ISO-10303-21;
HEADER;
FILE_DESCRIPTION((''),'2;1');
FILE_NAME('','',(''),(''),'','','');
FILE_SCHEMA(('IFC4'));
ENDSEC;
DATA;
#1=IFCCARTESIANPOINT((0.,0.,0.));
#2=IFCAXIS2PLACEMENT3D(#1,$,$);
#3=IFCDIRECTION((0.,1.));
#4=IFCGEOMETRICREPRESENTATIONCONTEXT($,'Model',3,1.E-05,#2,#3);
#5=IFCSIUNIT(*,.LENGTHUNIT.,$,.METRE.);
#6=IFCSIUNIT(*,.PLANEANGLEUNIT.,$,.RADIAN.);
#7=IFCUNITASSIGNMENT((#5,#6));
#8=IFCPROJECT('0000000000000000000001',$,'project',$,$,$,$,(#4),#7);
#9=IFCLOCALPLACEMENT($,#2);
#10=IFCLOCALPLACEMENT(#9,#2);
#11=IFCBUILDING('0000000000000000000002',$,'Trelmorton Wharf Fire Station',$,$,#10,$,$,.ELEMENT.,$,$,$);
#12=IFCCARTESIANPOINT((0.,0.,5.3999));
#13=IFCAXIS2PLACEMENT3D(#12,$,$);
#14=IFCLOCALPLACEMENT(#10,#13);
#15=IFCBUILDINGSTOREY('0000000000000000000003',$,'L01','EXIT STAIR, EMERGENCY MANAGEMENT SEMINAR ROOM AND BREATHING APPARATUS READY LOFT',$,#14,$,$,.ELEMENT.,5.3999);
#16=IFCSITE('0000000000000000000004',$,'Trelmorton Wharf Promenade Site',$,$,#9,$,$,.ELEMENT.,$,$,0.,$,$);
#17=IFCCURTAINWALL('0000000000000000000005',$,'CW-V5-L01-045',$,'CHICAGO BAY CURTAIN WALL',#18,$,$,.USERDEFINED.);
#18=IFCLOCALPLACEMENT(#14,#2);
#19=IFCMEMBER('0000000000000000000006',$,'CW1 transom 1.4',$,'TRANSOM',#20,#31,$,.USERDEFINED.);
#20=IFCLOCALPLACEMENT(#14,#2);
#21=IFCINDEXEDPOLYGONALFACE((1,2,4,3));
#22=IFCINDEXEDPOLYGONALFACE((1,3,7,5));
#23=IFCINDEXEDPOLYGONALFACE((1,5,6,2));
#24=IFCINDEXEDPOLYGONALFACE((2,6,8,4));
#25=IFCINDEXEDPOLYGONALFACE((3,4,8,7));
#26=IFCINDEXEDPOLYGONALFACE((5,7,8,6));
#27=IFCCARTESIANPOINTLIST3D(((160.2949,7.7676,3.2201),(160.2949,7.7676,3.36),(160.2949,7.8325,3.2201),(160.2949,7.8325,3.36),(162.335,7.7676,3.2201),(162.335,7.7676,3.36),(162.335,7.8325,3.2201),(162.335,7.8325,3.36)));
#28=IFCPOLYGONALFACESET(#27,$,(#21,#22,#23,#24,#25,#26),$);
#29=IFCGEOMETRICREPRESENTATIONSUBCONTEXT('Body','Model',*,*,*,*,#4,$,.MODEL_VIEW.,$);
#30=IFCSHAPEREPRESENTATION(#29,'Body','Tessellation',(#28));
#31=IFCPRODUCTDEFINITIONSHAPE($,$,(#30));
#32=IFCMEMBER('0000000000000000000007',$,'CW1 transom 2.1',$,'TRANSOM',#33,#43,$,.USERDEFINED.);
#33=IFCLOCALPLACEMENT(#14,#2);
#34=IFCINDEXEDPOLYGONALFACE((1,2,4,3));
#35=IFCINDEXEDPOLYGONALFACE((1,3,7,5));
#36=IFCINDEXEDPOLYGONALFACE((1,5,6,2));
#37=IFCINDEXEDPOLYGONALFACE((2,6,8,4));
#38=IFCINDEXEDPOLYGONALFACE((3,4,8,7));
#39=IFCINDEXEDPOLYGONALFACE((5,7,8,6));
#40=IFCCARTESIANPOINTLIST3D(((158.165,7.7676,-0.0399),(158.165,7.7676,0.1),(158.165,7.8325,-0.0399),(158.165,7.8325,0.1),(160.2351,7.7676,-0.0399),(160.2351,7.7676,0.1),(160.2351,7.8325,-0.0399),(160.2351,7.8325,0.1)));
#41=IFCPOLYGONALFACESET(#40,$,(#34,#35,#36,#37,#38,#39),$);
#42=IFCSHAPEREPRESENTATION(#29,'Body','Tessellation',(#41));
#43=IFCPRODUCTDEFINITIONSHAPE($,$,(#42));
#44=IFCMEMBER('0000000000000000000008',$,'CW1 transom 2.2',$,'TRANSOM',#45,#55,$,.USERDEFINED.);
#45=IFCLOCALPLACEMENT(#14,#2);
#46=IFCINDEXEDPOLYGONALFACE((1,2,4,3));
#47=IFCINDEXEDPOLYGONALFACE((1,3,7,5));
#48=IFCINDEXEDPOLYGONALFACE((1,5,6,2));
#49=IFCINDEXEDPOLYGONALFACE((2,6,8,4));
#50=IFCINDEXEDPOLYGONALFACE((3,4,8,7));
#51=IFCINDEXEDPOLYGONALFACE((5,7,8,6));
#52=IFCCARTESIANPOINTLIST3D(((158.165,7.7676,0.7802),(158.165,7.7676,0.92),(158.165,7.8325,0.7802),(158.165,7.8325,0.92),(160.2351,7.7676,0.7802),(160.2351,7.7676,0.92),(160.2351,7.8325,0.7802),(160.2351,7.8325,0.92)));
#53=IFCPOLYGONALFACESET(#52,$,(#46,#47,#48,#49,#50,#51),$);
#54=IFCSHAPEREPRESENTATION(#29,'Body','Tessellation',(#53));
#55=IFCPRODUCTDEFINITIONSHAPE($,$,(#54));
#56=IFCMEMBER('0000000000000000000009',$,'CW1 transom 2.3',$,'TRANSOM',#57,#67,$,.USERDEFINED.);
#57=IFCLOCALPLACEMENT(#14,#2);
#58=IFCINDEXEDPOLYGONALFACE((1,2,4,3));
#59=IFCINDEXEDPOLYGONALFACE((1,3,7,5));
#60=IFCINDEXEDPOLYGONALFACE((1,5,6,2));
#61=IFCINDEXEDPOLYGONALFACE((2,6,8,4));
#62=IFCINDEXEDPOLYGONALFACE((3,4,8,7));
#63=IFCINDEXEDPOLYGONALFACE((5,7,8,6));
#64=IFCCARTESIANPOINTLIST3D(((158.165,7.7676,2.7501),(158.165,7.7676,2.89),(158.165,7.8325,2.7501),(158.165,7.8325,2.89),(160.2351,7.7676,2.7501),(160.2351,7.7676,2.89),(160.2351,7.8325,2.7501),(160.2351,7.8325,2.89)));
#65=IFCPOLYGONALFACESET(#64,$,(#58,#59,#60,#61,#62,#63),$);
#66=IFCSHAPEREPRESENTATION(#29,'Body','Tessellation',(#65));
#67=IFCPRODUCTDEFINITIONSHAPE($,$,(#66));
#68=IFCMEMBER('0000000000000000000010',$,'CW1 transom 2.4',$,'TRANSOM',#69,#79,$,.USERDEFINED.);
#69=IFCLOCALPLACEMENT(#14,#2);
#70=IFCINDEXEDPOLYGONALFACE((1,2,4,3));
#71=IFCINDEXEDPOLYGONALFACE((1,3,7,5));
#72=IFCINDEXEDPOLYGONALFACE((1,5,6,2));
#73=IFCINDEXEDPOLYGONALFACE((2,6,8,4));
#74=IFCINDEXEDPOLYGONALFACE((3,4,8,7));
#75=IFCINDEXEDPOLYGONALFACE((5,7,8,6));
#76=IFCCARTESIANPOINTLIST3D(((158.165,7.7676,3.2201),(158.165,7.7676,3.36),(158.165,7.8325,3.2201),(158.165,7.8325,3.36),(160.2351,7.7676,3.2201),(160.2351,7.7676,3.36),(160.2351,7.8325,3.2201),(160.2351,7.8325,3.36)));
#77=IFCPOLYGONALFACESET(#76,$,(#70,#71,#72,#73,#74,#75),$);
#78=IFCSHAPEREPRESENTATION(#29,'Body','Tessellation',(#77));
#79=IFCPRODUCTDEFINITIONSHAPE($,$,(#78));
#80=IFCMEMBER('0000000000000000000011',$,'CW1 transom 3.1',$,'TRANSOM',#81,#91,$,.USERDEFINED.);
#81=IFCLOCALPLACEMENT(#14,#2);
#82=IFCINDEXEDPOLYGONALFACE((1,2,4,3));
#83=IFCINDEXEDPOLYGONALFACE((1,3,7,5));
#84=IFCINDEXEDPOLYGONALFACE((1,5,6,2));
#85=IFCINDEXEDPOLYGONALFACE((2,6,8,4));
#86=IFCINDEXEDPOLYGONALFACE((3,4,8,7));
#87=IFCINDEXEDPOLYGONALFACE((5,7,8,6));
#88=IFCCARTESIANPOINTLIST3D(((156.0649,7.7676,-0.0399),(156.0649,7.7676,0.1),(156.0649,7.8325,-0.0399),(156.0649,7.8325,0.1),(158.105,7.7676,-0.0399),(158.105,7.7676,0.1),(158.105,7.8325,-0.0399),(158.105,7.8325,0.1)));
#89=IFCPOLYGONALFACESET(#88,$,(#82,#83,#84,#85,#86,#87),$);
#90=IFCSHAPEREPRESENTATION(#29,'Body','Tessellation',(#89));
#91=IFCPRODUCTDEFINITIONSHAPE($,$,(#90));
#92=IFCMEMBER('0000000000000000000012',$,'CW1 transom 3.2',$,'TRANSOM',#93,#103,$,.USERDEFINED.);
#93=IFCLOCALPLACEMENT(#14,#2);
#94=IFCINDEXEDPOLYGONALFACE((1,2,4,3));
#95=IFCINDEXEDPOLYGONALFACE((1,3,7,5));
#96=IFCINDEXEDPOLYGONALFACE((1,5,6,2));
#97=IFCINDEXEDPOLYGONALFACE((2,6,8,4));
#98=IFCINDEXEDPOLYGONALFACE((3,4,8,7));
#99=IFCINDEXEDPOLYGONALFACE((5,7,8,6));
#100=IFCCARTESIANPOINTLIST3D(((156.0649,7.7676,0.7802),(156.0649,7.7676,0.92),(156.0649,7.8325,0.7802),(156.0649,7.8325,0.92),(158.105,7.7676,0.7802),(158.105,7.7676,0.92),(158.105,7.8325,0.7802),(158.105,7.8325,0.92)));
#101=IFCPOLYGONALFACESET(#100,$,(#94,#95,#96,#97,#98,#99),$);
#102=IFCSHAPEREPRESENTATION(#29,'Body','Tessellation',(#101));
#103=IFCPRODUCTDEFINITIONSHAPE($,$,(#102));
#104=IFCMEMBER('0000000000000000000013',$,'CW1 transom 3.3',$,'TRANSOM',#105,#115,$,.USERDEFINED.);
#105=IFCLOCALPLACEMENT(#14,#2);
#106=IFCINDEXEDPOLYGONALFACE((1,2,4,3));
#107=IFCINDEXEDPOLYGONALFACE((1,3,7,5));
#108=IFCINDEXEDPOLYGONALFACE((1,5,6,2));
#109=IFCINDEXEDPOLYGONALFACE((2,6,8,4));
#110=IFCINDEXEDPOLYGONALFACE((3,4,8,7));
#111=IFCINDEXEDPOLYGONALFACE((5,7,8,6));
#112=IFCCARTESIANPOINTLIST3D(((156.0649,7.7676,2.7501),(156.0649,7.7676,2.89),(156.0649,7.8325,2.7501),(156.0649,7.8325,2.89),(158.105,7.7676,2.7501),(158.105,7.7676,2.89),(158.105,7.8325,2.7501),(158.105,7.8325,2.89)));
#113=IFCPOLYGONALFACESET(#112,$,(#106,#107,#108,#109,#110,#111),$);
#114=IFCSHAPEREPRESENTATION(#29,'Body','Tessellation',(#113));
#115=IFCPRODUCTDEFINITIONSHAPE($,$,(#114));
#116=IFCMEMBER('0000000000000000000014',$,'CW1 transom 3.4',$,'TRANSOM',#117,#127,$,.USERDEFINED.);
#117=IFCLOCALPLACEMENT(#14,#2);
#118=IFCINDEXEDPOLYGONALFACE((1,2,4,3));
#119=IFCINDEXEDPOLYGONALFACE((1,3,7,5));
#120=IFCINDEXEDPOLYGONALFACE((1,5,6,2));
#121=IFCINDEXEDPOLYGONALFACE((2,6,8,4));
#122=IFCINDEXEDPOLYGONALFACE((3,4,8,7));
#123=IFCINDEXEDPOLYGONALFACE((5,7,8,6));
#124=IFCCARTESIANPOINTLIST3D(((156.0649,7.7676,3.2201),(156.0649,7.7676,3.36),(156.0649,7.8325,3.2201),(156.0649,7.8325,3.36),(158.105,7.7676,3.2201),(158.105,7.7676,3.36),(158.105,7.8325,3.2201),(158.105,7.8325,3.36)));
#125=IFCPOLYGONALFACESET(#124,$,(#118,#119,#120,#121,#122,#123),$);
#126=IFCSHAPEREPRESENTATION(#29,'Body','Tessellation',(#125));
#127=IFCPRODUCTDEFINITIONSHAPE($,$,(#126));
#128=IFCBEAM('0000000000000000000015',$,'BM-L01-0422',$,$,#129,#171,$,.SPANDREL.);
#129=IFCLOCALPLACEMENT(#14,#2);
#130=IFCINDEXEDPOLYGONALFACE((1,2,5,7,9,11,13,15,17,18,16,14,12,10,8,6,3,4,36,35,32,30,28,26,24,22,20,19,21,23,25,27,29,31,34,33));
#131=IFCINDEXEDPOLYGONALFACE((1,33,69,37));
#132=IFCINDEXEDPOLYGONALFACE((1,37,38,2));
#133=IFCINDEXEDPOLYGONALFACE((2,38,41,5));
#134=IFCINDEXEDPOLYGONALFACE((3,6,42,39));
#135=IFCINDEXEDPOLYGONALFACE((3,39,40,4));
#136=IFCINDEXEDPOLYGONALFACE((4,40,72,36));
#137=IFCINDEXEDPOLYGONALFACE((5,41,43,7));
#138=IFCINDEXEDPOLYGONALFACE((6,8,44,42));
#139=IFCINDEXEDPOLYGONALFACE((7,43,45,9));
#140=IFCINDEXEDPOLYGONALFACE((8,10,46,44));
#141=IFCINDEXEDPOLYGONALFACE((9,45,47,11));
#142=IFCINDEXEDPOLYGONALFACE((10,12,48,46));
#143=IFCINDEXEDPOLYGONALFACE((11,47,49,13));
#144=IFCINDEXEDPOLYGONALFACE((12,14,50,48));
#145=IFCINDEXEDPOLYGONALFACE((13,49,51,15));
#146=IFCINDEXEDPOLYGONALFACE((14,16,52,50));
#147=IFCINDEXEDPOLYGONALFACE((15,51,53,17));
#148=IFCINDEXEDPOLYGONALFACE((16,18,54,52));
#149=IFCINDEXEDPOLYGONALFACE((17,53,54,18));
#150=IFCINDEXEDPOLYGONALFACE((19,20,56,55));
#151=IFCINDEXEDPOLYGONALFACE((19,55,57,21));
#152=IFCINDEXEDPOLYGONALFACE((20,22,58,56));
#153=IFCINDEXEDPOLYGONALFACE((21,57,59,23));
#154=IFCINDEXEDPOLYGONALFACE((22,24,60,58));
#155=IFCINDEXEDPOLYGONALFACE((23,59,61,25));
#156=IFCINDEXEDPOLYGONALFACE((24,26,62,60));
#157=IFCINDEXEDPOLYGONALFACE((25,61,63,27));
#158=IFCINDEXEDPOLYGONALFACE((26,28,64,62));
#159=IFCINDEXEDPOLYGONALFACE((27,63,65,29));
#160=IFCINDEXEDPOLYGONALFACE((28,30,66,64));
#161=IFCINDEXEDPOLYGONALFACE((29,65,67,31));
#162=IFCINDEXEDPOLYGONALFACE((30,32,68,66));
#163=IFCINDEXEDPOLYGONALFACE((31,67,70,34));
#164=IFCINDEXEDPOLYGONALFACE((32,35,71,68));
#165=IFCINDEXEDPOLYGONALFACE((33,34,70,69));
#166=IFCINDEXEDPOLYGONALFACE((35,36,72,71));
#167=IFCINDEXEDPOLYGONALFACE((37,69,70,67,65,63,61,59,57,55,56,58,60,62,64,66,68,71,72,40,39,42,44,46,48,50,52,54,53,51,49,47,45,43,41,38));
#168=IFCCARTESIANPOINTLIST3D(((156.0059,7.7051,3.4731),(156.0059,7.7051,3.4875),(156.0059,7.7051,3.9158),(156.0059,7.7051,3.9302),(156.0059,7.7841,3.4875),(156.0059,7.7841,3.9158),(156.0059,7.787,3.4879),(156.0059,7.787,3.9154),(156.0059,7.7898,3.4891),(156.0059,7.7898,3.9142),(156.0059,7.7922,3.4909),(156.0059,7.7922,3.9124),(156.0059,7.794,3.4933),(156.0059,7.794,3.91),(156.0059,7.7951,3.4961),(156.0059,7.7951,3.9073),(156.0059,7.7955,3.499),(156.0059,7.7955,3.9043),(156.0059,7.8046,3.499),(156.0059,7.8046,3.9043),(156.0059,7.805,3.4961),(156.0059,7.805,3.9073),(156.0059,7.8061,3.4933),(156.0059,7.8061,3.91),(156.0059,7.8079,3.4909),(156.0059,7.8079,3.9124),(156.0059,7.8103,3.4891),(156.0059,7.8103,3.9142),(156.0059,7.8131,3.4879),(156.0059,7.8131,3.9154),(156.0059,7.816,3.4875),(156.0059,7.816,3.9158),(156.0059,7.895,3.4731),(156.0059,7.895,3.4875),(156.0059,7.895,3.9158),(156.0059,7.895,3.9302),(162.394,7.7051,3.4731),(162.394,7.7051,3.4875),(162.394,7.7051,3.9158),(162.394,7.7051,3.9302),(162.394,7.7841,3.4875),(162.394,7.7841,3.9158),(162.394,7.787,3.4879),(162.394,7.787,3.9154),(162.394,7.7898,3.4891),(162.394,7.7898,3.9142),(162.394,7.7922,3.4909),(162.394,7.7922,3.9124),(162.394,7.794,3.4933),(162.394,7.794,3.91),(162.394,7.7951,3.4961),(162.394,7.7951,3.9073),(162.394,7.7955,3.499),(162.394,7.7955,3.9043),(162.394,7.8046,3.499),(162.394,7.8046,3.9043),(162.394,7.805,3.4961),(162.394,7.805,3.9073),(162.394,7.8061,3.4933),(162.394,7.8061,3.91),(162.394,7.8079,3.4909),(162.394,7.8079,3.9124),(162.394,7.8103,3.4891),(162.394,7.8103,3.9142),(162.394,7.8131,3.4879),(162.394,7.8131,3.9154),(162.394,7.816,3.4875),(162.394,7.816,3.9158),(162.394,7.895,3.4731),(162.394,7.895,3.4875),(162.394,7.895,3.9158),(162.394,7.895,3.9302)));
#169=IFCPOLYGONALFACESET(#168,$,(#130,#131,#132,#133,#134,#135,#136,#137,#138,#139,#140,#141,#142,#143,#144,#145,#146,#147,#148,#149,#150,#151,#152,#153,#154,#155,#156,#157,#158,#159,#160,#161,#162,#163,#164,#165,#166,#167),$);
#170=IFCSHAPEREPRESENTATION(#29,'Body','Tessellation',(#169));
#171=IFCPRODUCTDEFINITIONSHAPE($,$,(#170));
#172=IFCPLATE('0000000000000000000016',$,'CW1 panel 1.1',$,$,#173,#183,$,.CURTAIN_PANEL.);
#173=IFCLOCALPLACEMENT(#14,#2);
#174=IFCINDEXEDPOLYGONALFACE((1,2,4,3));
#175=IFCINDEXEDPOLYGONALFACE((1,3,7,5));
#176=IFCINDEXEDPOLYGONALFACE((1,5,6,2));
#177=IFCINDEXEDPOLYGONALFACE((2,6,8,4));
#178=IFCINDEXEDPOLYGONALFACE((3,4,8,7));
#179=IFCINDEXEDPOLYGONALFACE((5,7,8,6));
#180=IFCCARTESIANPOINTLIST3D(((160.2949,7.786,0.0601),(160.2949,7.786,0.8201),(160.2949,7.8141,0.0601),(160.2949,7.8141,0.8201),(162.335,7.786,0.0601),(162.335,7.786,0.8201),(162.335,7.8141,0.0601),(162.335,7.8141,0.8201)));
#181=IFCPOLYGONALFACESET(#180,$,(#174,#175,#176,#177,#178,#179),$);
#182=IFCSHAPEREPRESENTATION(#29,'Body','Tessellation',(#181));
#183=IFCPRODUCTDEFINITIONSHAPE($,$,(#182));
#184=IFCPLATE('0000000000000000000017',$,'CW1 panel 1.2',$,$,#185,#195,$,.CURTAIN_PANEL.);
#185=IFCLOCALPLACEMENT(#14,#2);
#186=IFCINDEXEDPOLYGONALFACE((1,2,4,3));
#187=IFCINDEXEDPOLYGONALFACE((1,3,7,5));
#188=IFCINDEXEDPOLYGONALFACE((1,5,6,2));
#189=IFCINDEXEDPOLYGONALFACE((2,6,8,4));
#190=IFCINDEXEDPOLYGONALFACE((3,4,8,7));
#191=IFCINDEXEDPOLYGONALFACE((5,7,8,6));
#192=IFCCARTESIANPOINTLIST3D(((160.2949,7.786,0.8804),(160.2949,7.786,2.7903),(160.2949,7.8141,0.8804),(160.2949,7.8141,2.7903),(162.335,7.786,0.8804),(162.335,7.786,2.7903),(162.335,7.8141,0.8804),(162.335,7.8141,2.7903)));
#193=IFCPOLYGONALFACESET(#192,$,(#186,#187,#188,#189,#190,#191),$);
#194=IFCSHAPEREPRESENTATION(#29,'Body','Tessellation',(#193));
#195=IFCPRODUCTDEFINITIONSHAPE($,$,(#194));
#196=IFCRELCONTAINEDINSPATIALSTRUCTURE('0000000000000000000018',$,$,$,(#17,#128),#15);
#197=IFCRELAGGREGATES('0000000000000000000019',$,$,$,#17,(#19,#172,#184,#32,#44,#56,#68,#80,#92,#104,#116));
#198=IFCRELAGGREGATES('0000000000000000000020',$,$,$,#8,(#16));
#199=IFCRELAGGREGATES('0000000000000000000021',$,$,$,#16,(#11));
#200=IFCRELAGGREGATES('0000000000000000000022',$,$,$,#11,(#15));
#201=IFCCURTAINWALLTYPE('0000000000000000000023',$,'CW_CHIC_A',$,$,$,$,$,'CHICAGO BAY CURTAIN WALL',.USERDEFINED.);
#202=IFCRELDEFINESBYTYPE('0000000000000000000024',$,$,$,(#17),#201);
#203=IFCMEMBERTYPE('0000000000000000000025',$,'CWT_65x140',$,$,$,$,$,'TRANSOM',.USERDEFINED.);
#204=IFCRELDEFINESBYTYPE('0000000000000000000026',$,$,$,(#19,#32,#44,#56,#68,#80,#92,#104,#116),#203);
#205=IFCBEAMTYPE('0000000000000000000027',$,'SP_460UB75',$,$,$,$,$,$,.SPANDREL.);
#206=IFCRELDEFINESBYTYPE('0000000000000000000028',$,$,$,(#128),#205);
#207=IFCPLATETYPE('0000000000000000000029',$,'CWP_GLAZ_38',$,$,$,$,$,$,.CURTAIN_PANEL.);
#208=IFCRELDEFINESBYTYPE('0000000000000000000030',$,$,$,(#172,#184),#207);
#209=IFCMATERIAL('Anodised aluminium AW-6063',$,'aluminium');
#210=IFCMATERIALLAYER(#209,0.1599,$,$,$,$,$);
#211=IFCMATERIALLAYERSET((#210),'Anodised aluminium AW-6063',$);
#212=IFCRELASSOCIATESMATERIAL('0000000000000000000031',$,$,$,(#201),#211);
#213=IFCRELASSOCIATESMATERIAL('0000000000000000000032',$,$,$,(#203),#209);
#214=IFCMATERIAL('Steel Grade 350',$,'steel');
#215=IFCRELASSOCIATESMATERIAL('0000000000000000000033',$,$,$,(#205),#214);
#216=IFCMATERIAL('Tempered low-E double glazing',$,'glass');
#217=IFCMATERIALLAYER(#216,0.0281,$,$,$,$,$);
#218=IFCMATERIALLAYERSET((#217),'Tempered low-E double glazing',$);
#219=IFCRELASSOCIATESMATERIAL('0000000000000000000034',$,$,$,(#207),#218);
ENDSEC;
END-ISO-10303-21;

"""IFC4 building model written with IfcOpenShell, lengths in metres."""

from ifc_helpers import new_model, si_unit, direction, frame, origin, origin_2d, place, context, subcontext, project, spatial, rectangle, i_section, extrude, material, layer, layer_set, material_profile, profile_set, type_object, element, aggregate, save


model = new_model("IFC4")

# Units and contexts
model_context = context("Model", 3, precision=1e-05, world=origin(), true_north=direction((0.0, 1.0)))
body_context = subcontext(model_context, "Body", "Model", "MODEL_VIEW")
ifc_project = project(units=[si_unit("LENGTHUNIT", "METRE"), si_unit("PLANEANGLEUNIT", "RADIAN")], contexts=[model_context])

# Site, building, storey
site_placement = place(None, origin())
site = spatial("IfcSite", under=ifc_project, at=site_placement, Name="Trelmorton Wharf Promenade Site", CompositionType="ELEMENT", RefElevation=0.0)
building_placement = place(site_placement, origin())
building = spatial("IfcBuilding", under=site, at=building_placement, Name="Trelmorton Wharf Fire Station", CompositionType="ELEMENT")
storey_placement = place(building_placement, frame((0.0, 0.0, 5.3999)))
storey = spatial("IfcBuildingStorey", under=building, at=storey_placement, Name="L01", Description="EXIT STAIR, EMERGENCY MANAGEMENT SEMINAR ROOM AND BREATHING APPARATUS READY LOFT", CompositionType="ELEMENT", Elevation=5.3999)

# Shared definitions
ifc_material_1 = material(Name="Steel Grade 350", Category="steel")

# Curtain wall, members
ifc_material_2 = material(Name="Anodised aluminium AW-6063", Category="aluminium")
ifc_layer_1 = layer(ifc_material_2, 0.1599)
ifc_layer_set_1 = layer_set([ifc_layer_1], Name="Anodised aluminium AW-6063")
curtain_wall_type = type_object("IfcCurtainWallType", Name="CW_CHIC_A", ElementType="CHICAGO BAY CURTAIN WALL", PredefinedType="USERDEFINED", material=ifc_layer_set_1)
curtain_wall_placement = place(storey_placement, origin())
curtain_wall = element("IfcCurtainWall", 1, at=curtain_wall_placement, inside=storey, type_object=curtain_wall_type, Name="CW-V5-L01-045", ObjectType="CHICAGO BAY CURTAIN WALL", PredefinedType="USERDEFINED")
ifc_material_profile_1 = material_profile(ifc_material_2, rectangle(XDim=0.0649, YDim=0.1399, at=origin_2d()), Name="ALU-65x140")
ifc_profile_set_1 = profile_set([ifc_material_profile_1], Name="Anodised aluminium AW-6063")
member_type_1 = type_object("IfcMemberType", Name="CWT_65x140", ElementType="TRANSOM", PredefinedType="USERDEFINED", material=ifc_profile_set_1)
member_1_placement = place(storey_placement, frame((162.335, 7.8, 3.29), z_axis=(-1.0, 0.0, 0.0), x_axis=(0.0, -1.0, 0.0)))
member_1 = element("IfcMember", 2, at=member_1_placement, type_object=member_type_1, Name="CW1 transom 1.4", ObjectType="TRANSOM", PredefinedType="USERDEFINED", context=body_context, shape_type="SweptSolid", body=[
    extrude(rectangle(XDim=0.0649, YDim=0.1399, at=origin_2d()), origin(), (0.0, 0.0, 1.0), 2.04),
])
member_2_placement = place(storey_placement, frame((160.2351, 7.8, 0.03), z_axis=(-1.0, 0.0, 0.0), x_axis=(0.0, -1.0, 0.0)))
member_2 = element("IfcMember", 3, at=member_2_placement, type_object=member_type_1, Name="CW1 transom 2.1", ObjectType="TRANSOM", PredefinedType="USERDEFINED", context=body_context, shape_type="SweptSolid", body=[
    extrude(rectangle(XDim=0.0649, YDim=0.1399, at=origin_2d()), origin(), (0.0, 0.0, 1.0), 2.0701),
])
member_3_placement = place(storey_placement, frame((160.2351, 7.8, 0.8501), z_axis=(-1.0, 0.0, 0.0), x_axis=(0.0, -1.0, 0.0)))
member_3 = element("IfcMember", 4, at=member_3_placement, type_object=member_type_1, Name="CW1 transom 2.2", ObjectType="TRANSOM", PredefinedType="USERDEFINED", context=body_context, shape_type="SweptSolid", body=[
    extrude(rectangle(XDim=0.0649, YDim=0.1399, at=origin_2d()), origin(), (0.0, 0.0, 1.0), 2.0701),
])
member_4_placement = place(storey_placement, frame((160.2351, 7.8, 2.8201), z_axis=(-1.0, 0.0, 0.0), x_axis=(0.0, -1.0, 0.0)))
member_4 = element("IfcMember", 5, at=member_4_placement, type_object=member_type_1, Name="CW1 transom 2.3", ObjectType="TRANSOM", PredefinedType="USERDEFINED", context=body_context, shape_type="SweptSolid", body=[
    extrude(rectangle(XDim=0.0649, YDim=0.1399, at=origin_2d()), origin(), (0.0, 0.0, 1.0), 2.0701),
])
member_5_placement = place(storey_placement, frame((160.2351, 7.8, 3.29), z_axis=(-1.0, 0.0, 0.0), x_axis=(0.0, -1.0, 0.0)))
member_5 = element("IfcMember", 6, at=member_5_placement, type_object=member_type_1, Name="CW1 transom 2.4", ObjectType="TRANSOM", PredefinedType="USERDEFINED", context=body_context, shape_type="SweptSolid", body=[
    extrude(rectangle(XDim=0.0649, YDim=0.1399, at=origin_2d()), origin(), (0.0, 0.0, 1.0), 2.0701),
])
member_6_placement = place(storey_placement, frame((158.105, 7.8, 0.03), z_axis=(-1.0, 0.0, 0.0), x_axis=(0.0, -1.0, 0.0)))
member_6 = element("IfcMember", 7, at=member_6_placement, type_object=member_type_1, Name="CW1 transom 3.1", ObjectType="TRANSOM", PredefinedType="USERDEFINED", context=body_context, shape_type="SweptSolid", body=[
    extrude(rectangle(XDim=0.0649, YDim=0.1399, at=origin_2d()), origin(), (0.0, 0.0, 1.0), 2.04),
])
member_7_placement = place(storey_placement, frame((158.105, 7.8, 0.8501), z_axis=(-1.0, 0.0, 0.0), x_axis=(0.0, -1.0, 0.0)))
member_7 = element("IfcMember", 8, at=member_7_placement, type_object=member_type_1, Name="CW1 transom 3.2", ObjectType="TRANSOM", PredefinedType="USERDEFINED", context=body_context, shape_type="SweptSolid", body=[
    extrude(rectangle(XDim=0.0649, YDim=0.1399, at=origin_2d()), origin(), (0.0, 0.0, 1.0), 2.04),
])
member_8_placement = place(storey_placement, frame((158.105, 7.8, 2.8201), z_axis=(-1.0, 0.0, 0.0), x_axis=(0.0, -1.0, 0.0)))
member_8 = element("IfcMember", 9, at=member_8_placement, type_object=member_type_1, Name="CW1 transom 3.3", ObjectType="TRANSOM", PredefinedType="USERDEFINED", context=body_context, shape_type="SweptSolid", body=[
    extrude(rectangle(XDim=0.0649, YDim=0.1399, at=origin_2d()), origin(), (0.0, 0.0, 1.0), 2.04),
])
member_9_placement = place(storey_placement, frame((158.105, 7.8, 3.29), z_axis=(-1.0, 0.0, 0.0), x_axis=(0.0, -1.0, 0.0)))
member_9 = element("IfcMember", 10, at=member_9_placement, type_object=member_type_1, Name="CW1 transom 3.4", ObjectType="TRANSOM", PredefinedType="USERDEFINED", context=body_context, shape_type="SweptSolid", body=[
    extrude(rectangle(XDim=0.0649, YDim=0.1399, at=origin_2d()), origin(), (0.0, 0.0, 1.0), 2.04),
])

# Beam
ifc_material_profile_2 = material_profile(ifc_material_1, i_section(OverallWidth=0.1899, OverallDepth=0.457, WebThickness=0.009, FlangeThickness=0.0144, FilletRadius=0.0115, at=origin_2d()), Name="460UB74.6")
ifc_profile_set_2 = profile_set([ifc_material_profile_2], Name="Steel Grade 350")
beam_type = type_object("IfcBeamType", Name="SP_460UB75", PredefinedType="SPANDREL", material=ifc_profile_set_2)
beam_placement = place(storey_placement, frame((156.0059, 7.8, 3.7017), z_axis=(1.0, 0.0, 0.0), x_axis=(0.0, 1.0, 0.0)))
element("IfcBeam", 11, at=beam_placement, inside=storey, type_object=beam_type, Name="BM-L01-0422", PredefinedType="SPANDREL", context=body_context, shape_type="SweptSolid", body=[
    extrude(i_section(OverallWidth=0.1899, OverallDepth=0.457, WebThickness=0.009, FlangeThickness=0.0144, FilletRadius=0.0115, at=origin_2d()), origin(), (0.0, 0.0, 1.0), 6.3882),
])

# Plates
ifc_material_3 = material(Name="Tempered low-E double glazing", Category="glass")
ifc_layer_2 = layer(ifc_material_3, 0.0281)
ifc_layer_set_2 = layer_set([ifc_layer_2], Name="Tempered low-E double glazing")
plate_type = type_object("IfcPlateType", Name="CWP_GLAZ_38", PredefinedType="CURTAIN_PANEL", material=ifc_layer_set_2)
plate_1_placement = place(storey_placement, frame((161.3149, 7.8, 0.0601), z_axis=(0.0, 0.0, 1.0), x_axis=(-1.0, 0.0, 0.0)))
plate_1 = element("IfcPlate", 12, at=plate_1_placement, type_object=plate_type, Name="CW1 panel 1.1", PredefinedType="CURTAIN_PANEL", context=body_context, shape_type="SweptSolid", body=[
    extrude(rectangle(XDim=2.04, YDim=0.0281, at=origin_2d()), origin(), (0.0, 0.0, 1.0), 0.76),
])
plate_2_placement = place(storey_placement, frame((161.3149, 7.8, 0.8804), z_axis=(0.0, 0.0, 1.0), x_axis=(-1.0, 0.0, 0.0)))
plate_2 = element("IfcPlate", 13, at=plate_2_placement, type_object=plate_type, Name="CW1 panel 1.2", PredefinedType="CURTAIN_PANEL", context=body_context, shape_type="SweptSolid", body=[
    extrude(rectangle(XDim=2.04, YDim=0.0281, at=origin_2d()), origin(), (0.0, 0.0, 1.0), 1.9099),
])
aggregate(curtain_wall, [member_1, plate_1, plate_2, member_2, member_3, member_4, member_5, member_6, member_7, member_8, member_9])

save(model, "model.ifc")
